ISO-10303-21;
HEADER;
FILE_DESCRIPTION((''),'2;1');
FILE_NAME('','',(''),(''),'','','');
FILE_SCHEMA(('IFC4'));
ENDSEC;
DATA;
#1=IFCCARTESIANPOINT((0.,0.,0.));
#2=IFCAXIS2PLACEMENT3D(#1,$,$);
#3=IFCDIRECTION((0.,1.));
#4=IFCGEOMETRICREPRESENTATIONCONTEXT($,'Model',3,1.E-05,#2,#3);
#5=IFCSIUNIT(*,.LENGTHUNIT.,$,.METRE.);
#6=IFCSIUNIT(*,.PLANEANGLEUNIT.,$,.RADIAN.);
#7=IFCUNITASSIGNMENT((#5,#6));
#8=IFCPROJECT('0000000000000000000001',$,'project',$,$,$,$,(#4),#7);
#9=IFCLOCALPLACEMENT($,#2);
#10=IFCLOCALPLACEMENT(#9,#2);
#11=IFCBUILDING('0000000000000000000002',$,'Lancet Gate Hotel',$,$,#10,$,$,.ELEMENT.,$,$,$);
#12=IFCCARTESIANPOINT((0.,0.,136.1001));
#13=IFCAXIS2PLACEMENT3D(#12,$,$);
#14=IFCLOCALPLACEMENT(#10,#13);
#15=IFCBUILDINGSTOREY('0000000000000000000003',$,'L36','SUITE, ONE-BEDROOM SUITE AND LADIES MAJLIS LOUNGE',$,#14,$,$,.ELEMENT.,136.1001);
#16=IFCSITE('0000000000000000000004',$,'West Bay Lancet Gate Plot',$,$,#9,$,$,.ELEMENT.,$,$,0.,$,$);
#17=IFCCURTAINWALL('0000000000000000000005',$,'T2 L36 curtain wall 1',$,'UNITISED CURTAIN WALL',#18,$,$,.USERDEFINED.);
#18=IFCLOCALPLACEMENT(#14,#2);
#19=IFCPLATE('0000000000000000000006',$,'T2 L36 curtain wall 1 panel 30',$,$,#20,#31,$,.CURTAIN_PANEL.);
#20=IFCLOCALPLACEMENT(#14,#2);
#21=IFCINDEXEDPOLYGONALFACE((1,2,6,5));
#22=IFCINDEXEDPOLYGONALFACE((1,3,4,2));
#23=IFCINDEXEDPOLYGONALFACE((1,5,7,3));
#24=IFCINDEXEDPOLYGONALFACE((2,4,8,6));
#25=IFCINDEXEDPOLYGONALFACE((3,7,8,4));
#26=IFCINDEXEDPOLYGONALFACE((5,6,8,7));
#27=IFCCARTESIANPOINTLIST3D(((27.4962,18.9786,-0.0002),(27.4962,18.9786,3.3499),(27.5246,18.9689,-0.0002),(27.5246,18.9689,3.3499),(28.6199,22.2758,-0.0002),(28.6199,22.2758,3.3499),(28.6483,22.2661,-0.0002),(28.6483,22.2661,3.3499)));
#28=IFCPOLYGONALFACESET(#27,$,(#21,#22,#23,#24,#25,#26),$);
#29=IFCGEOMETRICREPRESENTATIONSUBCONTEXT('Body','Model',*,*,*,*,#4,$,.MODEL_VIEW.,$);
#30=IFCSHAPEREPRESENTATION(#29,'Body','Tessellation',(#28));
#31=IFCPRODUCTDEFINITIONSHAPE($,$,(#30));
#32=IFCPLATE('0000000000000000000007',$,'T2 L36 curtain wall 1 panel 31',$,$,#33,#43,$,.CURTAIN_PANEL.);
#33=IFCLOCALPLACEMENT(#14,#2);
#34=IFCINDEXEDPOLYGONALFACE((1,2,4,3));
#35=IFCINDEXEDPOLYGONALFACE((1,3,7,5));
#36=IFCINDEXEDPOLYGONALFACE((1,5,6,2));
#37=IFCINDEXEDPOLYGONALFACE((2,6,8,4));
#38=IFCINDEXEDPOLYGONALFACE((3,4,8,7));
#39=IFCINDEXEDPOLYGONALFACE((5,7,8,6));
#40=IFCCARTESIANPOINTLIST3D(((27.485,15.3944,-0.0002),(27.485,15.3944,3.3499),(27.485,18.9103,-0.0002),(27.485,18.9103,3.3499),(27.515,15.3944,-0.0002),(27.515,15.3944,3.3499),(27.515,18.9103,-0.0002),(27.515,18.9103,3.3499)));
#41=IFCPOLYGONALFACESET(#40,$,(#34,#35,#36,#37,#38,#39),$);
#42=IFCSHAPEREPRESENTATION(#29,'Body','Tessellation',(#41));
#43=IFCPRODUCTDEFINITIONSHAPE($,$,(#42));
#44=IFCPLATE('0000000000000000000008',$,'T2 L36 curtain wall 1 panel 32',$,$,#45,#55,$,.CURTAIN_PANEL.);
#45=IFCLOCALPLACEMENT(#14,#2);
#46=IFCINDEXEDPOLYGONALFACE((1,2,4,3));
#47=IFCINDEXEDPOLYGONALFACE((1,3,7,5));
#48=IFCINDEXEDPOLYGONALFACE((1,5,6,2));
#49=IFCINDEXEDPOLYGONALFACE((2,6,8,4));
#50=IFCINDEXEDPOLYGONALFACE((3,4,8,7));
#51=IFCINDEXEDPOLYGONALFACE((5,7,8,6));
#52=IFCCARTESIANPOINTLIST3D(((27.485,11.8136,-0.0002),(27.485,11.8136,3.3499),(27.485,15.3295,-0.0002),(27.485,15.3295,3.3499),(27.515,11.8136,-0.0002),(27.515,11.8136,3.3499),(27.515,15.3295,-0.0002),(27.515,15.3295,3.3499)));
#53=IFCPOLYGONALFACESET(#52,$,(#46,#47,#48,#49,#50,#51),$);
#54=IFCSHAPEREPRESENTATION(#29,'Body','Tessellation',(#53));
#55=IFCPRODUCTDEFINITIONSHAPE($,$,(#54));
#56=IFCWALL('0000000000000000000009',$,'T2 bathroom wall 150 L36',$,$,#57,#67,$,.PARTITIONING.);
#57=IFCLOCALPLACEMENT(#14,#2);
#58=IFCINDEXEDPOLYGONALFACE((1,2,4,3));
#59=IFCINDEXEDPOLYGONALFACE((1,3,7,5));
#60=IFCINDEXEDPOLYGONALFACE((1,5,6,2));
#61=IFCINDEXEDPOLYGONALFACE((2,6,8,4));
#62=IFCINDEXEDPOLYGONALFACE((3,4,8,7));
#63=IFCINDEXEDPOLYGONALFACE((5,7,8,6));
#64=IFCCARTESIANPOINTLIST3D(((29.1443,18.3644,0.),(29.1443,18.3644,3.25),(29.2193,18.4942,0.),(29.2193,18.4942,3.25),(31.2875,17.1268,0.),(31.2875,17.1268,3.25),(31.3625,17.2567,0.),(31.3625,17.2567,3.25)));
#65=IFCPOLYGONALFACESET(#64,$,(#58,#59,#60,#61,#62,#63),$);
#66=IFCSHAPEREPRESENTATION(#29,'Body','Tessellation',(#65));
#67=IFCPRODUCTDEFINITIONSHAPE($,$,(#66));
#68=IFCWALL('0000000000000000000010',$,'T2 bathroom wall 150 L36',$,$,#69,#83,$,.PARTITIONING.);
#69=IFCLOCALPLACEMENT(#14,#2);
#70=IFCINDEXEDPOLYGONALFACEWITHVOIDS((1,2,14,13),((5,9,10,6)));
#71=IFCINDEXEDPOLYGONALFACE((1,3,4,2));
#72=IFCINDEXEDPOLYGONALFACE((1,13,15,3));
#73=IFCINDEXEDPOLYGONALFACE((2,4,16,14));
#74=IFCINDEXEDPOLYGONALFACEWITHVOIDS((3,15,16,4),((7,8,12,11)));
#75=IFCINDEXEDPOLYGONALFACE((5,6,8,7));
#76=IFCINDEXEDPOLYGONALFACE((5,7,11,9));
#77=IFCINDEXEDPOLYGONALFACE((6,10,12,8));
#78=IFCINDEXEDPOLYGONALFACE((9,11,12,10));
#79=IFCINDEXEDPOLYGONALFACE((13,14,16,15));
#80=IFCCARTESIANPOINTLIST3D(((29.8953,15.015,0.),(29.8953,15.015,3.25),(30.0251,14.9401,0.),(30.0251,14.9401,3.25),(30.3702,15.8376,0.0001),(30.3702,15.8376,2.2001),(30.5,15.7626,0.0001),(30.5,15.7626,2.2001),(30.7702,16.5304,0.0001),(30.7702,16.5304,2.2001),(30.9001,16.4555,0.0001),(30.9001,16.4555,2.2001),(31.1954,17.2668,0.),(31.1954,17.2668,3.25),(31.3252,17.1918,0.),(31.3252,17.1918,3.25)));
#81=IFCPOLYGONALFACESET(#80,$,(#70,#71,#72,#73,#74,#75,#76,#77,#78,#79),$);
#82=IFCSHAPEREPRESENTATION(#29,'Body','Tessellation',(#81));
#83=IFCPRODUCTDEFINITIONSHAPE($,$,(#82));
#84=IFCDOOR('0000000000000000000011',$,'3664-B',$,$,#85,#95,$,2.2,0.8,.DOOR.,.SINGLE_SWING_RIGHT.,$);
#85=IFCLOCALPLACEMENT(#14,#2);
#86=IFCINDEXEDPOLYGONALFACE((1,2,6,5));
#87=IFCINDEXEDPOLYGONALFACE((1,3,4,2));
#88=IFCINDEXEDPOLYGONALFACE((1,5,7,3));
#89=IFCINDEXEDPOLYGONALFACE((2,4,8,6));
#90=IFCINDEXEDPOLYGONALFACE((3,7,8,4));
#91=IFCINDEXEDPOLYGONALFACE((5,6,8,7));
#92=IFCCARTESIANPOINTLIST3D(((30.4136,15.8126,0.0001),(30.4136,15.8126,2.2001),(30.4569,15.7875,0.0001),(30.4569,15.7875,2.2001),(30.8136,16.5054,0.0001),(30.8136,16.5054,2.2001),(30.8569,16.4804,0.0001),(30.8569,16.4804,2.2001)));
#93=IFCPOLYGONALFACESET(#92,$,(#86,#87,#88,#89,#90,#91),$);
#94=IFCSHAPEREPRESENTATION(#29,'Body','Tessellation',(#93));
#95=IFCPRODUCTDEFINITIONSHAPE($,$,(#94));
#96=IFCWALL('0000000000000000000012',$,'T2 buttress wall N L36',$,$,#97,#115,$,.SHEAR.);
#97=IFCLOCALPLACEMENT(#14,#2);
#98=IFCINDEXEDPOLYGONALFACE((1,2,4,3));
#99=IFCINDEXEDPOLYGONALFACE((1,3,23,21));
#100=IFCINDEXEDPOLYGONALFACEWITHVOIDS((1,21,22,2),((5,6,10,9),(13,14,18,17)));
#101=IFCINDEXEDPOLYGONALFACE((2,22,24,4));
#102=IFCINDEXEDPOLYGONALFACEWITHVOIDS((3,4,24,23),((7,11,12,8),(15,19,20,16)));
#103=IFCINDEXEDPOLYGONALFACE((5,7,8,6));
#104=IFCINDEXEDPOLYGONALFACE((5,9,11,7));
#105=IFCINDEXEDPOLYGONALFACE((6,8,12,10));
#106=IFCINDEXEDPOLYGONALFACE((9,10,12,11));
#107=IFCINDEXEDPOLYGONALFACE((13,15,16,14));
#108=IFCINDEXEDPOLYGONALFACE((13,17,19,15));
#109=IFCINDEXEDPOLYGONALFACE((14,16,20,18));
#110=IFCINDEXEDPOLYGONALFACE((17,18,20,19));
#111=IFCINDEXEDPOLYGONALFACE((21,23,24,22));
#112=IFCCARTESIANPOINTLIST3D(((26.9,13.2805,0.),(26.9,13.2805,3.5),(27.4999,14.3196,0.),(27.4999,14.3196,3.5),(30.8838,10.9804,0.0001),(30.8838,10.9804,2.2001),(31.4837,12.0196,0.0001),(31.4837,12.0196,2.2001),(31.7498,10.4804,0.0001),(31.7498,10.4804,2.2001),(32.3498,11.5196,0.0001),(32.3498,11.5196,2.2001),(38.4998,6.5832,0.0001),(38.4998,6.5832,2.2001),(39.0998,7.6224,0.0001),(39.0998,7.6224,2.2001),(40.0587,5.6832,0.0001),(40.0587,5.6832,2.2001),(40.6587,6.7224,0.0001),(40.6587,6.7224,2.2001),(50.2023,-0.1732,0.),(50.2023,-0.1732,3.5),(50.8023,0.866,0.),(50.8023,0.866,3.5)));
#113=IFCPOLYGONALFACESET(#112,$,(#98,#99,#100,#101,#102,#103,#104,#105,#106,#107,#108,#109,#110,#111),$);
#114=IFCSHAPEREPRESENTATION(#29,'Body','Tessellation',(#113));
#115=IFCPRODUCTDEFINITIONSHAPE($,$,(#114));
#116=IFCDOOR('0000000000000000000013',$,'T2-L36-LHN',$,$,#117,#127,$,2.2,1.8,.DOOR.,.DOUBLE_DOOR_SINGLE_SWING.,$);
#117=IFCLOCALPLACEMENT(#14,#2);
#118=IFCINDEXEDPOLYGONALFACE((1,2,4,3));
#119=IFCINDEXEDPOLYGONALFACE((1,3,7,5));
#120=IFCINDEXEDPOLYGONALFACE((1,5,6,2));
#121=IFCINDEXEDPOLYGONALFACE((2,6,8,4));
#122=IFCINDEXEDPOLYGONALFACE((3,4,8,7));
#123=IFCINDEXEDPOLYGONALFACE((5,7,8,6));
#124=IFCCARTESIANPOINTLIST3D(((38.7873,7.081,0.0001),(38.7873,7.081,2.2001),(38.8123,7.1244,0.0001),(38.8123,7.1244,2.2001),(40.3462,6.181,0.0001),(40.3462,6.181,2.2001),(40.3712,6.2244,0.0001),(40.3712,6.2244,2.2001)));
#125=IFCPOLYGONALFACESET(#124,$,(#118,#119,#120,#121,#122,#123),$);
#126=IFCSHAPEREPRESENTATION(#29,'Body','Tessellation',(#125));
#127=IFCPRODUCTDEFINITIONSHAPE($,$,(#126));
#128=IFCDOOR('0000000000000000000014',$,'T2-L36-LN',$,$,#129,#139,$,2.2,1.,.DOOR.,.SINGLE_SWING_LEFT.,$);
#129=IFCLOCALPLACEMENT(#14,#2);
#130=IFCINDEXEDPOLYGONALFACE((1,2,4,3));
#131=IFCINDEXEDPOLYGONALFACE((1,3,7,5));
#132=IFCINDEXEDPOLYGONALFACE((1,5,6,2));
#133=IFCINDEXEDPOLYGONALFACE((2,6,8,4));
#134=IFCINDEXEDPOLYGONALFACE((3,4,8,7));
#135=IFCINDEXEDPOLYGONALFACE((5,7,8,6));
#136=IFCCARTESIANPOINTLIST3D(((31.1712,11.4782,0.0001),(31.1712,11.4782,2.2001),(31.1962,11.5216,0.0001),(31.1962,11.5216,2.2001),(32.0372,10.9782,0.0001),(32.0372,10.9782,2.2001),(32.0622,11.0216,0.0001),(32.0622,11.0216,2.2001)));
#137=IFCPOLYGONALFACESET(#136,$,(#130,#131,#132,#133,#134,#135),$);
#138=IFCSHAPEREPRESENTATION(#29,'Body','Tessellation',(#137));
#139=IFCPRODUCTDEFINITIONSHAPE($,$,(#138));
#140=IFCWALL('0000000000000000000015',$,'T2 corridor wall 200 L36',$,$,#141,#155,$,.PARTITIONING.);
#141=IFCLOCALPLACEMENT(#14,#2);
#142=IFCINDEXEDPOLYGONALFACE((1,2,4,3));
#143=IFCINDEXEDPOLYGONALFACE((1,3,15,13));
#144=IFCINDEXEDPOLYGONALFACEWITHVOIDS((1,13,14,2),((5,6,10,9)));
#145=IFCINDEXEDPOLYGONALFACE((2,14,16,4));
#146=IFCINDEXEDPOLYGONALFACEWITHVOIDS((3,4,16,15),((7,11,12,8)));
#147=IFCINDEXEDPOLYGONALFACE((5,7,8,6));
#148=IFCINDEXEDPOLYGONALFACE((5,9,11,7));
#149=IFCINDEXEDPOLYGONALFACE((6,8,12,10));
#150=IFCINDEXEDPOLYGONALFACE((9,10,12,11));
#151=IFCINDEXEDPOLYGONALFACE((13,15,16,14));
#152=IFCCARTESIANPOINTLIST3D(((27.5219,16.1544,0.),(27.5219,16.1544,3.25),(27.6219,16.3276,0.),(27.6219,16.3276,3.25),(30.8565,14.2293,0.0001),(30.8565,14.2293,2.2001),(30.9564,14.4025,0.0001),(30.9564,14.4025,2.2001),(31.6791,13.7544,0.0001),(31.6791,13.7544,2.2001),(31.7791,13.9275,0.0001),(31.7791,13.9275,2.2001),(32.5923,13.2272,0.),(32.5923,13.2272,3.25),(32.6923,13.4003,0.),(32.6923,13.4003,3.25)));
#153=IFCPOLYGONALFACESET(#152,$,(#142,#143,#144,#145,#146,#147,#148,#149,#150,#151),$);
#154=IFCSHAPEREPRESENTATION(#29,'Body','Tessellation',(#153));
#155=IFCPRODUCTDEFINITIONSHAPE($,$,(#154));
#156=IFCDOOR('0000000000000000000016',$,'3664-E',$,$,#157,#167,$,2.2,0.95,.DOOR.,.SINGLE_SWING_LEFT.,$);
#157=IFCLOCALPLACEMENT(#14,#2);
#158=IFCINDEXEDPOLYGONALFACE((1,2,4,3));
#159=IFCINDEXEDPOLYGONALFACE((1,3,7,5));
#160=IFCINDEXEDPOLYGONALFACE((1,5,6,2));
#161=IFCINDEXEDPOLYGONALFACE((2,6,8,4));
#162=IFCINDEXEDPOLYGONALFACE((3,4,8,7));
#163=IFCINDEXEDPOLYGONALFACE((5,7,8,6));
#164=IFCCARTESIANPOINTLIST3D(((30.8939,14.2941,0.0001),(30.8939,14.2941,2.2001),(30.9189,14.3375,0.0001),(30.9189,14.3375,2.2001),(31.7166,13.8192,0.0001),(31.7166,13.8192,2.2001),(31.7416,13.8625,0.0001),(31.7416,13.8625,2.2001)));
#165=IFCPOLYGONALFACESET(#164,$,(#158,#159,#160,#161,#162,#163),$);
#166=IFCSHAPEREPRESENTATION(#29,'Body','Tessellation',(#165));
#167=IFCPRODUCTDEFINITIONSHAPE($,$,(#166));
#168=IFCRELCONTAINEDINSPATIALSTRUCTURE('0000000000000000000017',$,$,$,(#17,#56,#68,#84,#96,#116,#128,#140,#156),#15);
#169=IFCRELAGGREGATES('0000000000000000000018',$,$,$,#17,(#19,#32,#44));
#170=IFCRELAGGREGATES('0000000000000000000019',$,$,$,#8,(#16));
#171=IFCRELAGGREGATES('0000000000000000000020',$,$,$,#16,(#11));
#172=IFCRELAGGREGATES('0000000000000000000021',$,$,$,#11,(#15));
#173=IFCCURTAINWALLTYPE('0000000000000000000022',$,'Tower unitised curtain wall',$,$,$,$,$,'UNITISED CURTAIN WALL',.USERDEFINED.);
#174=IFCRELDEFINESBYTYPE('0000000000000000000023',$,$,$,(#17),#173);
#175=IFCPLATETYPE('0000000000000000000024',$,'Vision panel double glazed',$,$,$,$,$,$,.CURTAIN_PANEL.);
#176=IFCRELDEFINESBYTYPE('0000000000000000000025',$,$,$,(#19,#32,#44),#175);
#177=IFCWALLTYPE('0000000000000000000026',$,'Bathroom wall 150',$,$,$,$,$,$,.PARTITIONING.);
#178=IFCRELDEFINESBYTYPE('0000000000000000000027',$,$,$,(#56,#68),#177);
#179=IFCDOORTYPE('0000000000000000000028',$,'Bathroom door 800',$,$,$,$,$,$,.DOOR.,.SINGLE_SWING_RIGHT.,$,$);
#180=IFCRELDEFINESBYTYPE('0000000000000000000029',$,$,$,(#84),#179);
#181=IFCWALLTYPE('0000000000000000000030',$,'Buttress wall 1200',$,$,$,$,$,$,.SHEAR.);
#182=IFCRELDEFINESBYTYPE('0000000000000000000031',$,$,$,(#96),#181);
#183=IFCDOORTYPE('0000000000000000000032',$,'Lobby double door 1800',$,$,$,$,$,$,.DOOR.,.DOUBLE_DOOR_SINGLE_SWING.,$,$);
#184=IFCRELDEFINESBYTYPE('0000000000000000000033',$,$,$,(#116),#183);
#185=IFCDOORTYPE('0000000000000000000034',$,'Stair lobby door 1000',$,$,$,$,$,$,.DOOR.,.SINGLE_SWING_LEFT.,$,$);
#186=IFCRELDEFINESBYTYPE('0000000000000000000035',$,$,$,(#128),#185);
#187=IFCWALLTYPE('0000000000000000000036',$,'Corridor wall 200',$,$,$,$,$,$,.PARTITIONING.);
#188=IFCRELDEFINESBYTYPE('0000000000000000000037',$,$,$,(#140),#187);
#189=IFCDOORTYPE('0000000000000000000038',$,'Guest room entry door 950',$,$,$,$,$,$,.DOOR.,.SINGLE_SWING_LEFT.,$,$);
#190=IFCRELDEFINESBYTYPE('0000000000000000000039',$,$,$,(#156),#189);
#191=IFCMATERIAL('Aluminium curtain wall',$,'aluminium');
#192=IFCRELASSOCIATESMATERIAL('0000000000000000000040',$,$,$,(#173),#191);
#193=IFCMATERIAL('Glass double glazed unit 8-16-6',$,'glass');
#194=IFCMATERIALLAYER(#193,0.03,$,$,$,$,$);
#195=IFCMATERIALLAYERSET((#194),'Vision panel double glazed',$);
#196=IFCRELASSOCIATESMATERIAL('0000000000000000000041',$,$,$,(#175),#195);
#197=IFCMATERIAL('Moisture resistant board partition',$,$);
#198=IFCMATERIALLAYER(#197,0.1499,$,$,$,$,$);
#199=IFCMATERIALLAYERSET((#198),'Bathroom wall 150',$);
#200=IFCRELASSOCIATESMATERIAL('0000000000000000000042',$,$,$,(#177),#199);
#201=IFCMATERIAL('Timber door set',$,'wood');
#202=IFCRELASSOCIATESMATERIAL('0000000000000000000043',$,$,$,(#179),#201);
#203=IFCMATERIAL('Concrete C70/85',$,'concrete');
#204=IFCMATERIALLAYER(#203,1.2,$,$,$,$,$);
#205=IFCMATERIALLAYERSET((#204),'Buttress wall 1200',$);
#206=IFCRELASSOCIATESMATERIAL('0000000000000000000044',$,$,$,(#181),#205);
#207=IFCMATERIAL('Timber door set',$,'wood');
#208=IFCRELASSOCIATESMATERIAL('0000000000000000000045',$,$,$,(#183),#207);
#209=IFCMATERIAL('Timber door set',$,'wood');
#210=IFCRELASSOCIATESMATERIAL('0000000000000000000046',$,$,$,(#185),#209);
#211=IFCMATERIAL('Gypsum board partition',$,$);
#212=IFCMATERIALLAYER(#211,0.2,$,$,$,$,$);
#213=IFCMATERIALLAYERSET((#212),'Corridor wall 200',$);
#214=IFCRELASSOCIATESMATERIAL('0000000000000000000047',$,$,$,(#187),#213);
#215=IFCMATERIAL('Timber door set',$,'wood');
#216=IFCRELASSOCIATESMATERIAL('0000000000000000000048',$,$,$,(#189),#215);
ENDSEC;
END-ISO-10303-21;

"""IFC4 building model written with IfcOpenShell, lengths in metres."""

from ifc_helpers import new_model, si_unit, direction, frame, frame_2d, origin, origin_2d, place, context, subcontext, project, spatial, rectangle, extrude, material, layer, layer_set, type_object, element, fill, aggregate, save


model = new_model("IFC4")

# Units and contexts
model_context = context("Model", 3, precision=1e-05, world=origin(), true_north=direction((0.0, 1.0)))
body_context = subcontext(model_context, "Body", "Model", "MODEL_VIEW")
ifc_project = project(units=[si_unit("LENGTHUNIT", "METRE"), si_unit("PLANEANGLEUNIT", "RADIAN")], contexts=[model_context])

# Site, building, storey
site_placement = place(None, origin())
site = spatial("IfcSite", under=ifc_project, at=site_placement, Name="West Bay Lancet Gate Plot", CompositionType="ELEMENT", RefElevation=0.0)
building_placement = place(site_placement, origin())
building = spatial("IfcBuilding", under=site, at=building_placement, Name="Lancet Gate Hotel", CompositionType="ELEMENT")
storey_placement = place(building_placement, frame((0.0, 0.0, 136.1001)))
storey = spatial("IfcBuildingStorey", under=building, at=storey_placement, Name="L36", Description="SUITE, ONE-BEDROOM SUITE AND LADIES MAJLIS LOUNGE", CompositionType="ELEMENT", Elevation=136.1001)

# Curtain wall
ifc_material_1 = material(Name="Aluminium curtain wall", Category="aluminium")
curtain_wall_type = type_object("IfcCurtainWallType", Name="Tower unitised curtain wall", ElementType="UNITISED CURTAIN WALL", PredefinedType="USERDEFINED", material=ifc_material_1)
curtain_wall_placement = place(storey_placement, origin())
curtain_wall = element("IfcCurtainWall", 1, at=curtain_wall_placement, inside=storey, type_object=curtain_wall_type, Name="T2 L36 curtain wall 1", ObjectType="UNITISED CURTAIN WALL", PredefinedType="USERDEFINED")

# Plates
ifc_material_2 = material(Name="Glass double glazed unit 8-16-6", Category="glass")
ifc_layer_1 = layer(ifc_material_2, 0.03)
ifc_layer_set_1 = layer_set([ifc_layer_1], Name="Vision panel double glazed")
plate_type = type_object("IfcPlateType", Name="Vision panel double glazed", PredefinedType="CURTAIN_PANEL", material=ifc_layer_set_1)
plate_1_placement = place(storey_placement, frame((28.0723, 20.6223, -0.0002), z_axis=(0.0, 0.0, 1.0), x_axis=(-0.322576, -0.946544, 0.0)))
plate_1 = element("IfcPlate", 2, at=plate_1_placement, type_object=plate_type, Name="T2 L36 curtain wall 1 panel 30", PredefinedType="CURTAIN_PANEL", context=body_context, shape_type="SweptSolid", body=[
    extrude(rectangle(XDim=3.4834, YDim=0.03, at=origin_2d()), origin(), (0.0, 0.0, 1.0), 3.3501),
])
plate_2_placement = place(storey_placement, frame((27.5, 17.1523, -0.0002), z_axis=(0.0, 0.0, 1.0), x_axis=(0.0, -1.0, 0.0)))
plate_2 = element("IfcPlate", 3, at=plate_2_placement, type_object=plate_type, Name="T2 L36 curtain wall 1 panel 31", PredefinedType="CURTAIN_PANEL", context=body_context, shape_type="SweptSolid", body=[
    extrude(rectangle(XDim=3.5159, YDim=0.03, at=origin_2d()), origin(), (0.0, 0.0, 1.0), 3.3501),
])
plate_3_placement = place(storey_placement, frame((27.5, 13.5715, -0.0002), z_axis=(0.0, 0.0, 1.0), x_axis=(0.0, -1.0, 0.0)))
plate_3 = element("IfcPlate", 4, at=plate_3_placement, type_object=plate_type, Name="T2 L36 curtain wall 1 panel 32", PredefinedType="CURTAIN_PANEL", context=body_context, shape_type="SweptSolid", body=[
    extrude(rectangle(XDim=3.5159, YDim=0.03, at=origin_2d()), origin(), (0.0, 0.0, 1.0), 3.3501),
])
aggregate(curtain_wall, [plate_1, plate_2, plate_3])

# Wall
ifc_material_3 = material(Name="Moisture resistant board partition")
ifc_layer_2 = layer(ifc_material_3, 0.1499)
ifc_layer_set_2 = layer_set([ifc_layer_2], Name="Bathroom wall 150")
wall_type_1 = type_object("IfcWallType", Name="Bathroom wall 150", PredefinedType="PARTITIONING", material=ifc_layer_set_2)
wall_1_placement = place(storey_placement, frame((29.1819, 18.4292, 0.0), z_axis=(0.0, 0.0, 1.0), x_axis=(0.866007, -0.500033, 0.0)))
element("IfcWall", 5, at=wall_1_placement, inside=storey, type_object=wall_type_1, Name="T2 bathroom wall 150 L36", PredefinedType="PARTITIONING", context=body_context, shape_type="SweptSolid", body=[
    extrude(rectangle(XDim=2.4749, YDim=0.1499, at=frame_2d((1.2373, 0.0))), origin(), (0.0, 0.0, 1.0), 3.25),
])

# Wall, opening, door
wall_2_placement = place(storey_placement, frame((29.9602, 14.9775, 0.0), z_axis=(0.0, 0.0, 1.0), x_axis=(0.500007, 0.866021, 0.0)))
wall_2 = element("IfcWall", 6, at=wall_2_placement, inside=storey, type_object=wall_type_1, Name="T2 bathroom wall 150 L36", PredefinedType="PARTITIONING", context=body_context, shape_type="SweptSolid", body=[
    extrude(rectangle(XDim=2.6001, YDim=0.1499, at=frame_2d((1.3, 0.0))), origin(), (0.0, 0.0, 1.0), 3.25),
])
opening_1_placement = place(wall_2_placement, frame((0.95, 0.0, 0.0)))
opening_1 = element("IfcOpeningElement", 7, at=opening_1_placement, cuts=wall_2, PredefinedType="OPENING", context=body_context, shape_type="SweptSolid", body=[
    extrude(rectangle(XDim=0.8, YDim=2.2, at=frame_2d((0.3999, 1.1001))), frame((0.0, 0.085, 0.0), z_axis=(0.0, -1.0, 0.0), x_axis=(1.0, 0.0, 0.0)), (0.0, 0.0, 1.0), 0.1699),
])
ifc_material_4 = material(Name="Timber door set", Category="wood")
door_type_1 = type_object("IfcDoorType", Name="Bathroom door 800", OperationType="SINGLE_SWING_RIGHT", PredefinedType="DOOR", material=ifc_material_4)
door_1_placement = place(opening_1_placement, origin())
door_1 = element("IfcDoor", 8, at=door_1_placement, inside=storey, type_object=door_type_1, Name="3664-B", OperationType="SINGLE_SWING_RIGHT", OverallHeight=2.2, OverallWidth=0.8, PredefinedType="DOOR", context=body_context, shape_type="SweptSolid", body=[
    extrude(rectangle(XDim=0.8, YDim=2.2, at=frame_2d((0.3999, 1.1001))), frame((0.0, 0.0249, 0.0), z_axis=(0.0, -1.0, 0.0), x_axis=(1.0, 0.0, 0.0)), (0.0, 0.0, 1.0), 0.05),
])
fill(opening_1, door_1)

# Wall, openings, doors
ifc_material_5 = material(Name="Concrete C70/85", Category="concrete")
ifc_layer_3 = layer(ifc_material_5, 1.2)
ifc_layer_set_3 = layer_set([ifc_layer_3], Name="Buttress wall 1200")
wall_type_2 = type_object("IfcWallType", Name="Buttress wall 1200", PredefinedType="SHEAR", material=ifc_layer_set_3)
wall_3_placement = place(storey_placement, frame((27.2, 13.8, 0.0), z_axis=(0.0, 0.0, 1.0), x_axis=(0.866025, -0.500002, 0.0)))
wall_3 = element("IfcWall", 9, at=wall_3_placement, inside=storey, type_object=wall_type_2, Name="T2 buttress wall N L36", PredefinedType="SHEAR", context=body_context, shape_type="SweptSolid", body=[
    extrude(rectangle(XDim=26.9072, YDim=1.2, at=frame_2d((13.4536, 0.0))), origin(), (0.0, 0.0, 1.0), 3.5),
])
opening_2_placement = place(wall_3_placement, frame((4.6001, 0.0, 0.0)))
opening_2 = element("IfcOpeningElement", 10, at=opening_2_placement, cuts=wall_3, PredefinedType="OPENING", context=body_context, shape_type="SweptSolid", body=[
    extrude(rectangle(XDim=1.0, YDim=2.2, at=frame_2d((0.5, 1.1001))), frame((0.0, 0.6099, 0.0), z_axis=(0.0, -1.0, 0.0), x_axis=(1.0, 0.0, 0.0)), (0.0, 0.0, 1.0), 1.22),
])
opening_3_placement = place(wall_3_placement, frame((13.3945, 0.0, 0.0)))
opening_3 = element("IfcOpeningElement", 11, at=opening_3_placement, cuts=wall_3, PredefinedType="OPENING", context=body_context, shape_type="SweptSolid", body=[
    extrude(rectangle(XDim=1.8, YDim=2.2, at=frame_2d((0.8999, 1.1001))), frame((0.0, 0.6099, 0.0), z_axis=(0.0, -1.0, 0.0), x_axis=(1.0, 0.0, 0.0)), (0.0, 0.0, 1.0), 1.22),
])
ifc_material_6 = material(Name="Timber door set", Category="wood")
door_type_2 = type_object("IfcDoorType", Name="Lobby double door 1800", OperationType="DOUBLE_DOOR_SINGLE_SWING", PredefinedType="DOOR", material=ifc_material_6)
door_2_placement = place(opening_3_placement, origin())
door_2 = element("IfcDoor", 12, at=door_2_placement, inside=storey, type_object=door_type_2, Name="T2-L36-LHN", OperationType="DOUBLE_DOOR_SINGLE_SWING", OverallHeight=2.2, OverallWidth=1.8, PredefinedType="DOOR", context=body_context, shape_type="SweptSolid", body=[
    extrude(rectangle(XDim=1.8, YDim=2.2, at=frame_2d((0.8999, 1.1001))), frame((0.0, 0.0249, 0.0), z_axis=(0.0, -1.0, 0.0), x_axis=(1.0, 0.0, 0.0)), (0.0, 0.0, 1.0), 0.05),
])
fill(opening_3, door_2)
ifc_material_7 = material(Name="Timber door set", Category="wood")
door_type_3 = type_object("IfcDoorType", Name="Stair lobby door 1000", OperationType="SINGLE_SWING_LEFT", PredefinedType="DOOR", material=ifc_material_7)
door_3_placement = place(opening_2_placement, origin())
door_3 = element("IfcDoor", 13, at=door_3_placement, inside=storey, type_object=door_type_3, Name="T2-L36-LN", OperationType="SINGLE_SWING_LEFT", OverallHeight=2.2, OverallWidth=1.0, PredefinedType="DOOR", context=body_context, shape_type="SweptSolid", body=[
    extrude(rectangle(XDim=1.0, YDim=2.2, at=frame_2d((0.5, 1.1001))), frame((0.0, 0.0249, 0.0), z_axis=(0.0, -1.0, 0.0), x_axis=(1.0, 0.0, 0.0)), (0.0, 0.0, 1.0), 0.05),
])
fill(opening_2, door_3)

# Wall, opening, door
ifc_material_8 = material(Name="Gypsum board partition")
ifc_layer_4 = layer(ifc_material_8, 0.2)
ifc_layer_set_4 = layer_set([ifc_layer_4], Name="Corridor wall 200")
wall_type_3 = type_object("IfcWallType", Name="Corridor wall 200", PredefinedType="PARTITIONING", material=ifc_layer_set_4)
wall_4_placement = place(storey_placement, frame((27.572, 16.241, 0.0), z_axis=(0.0, 0.0, 1.0), x_axis=(0.866033, -0.499987, 0.0)))
wall_4 = element("IfcWall", 14, at=wall_4_placement, inside=storey, type_object=wall_type_3, Name="T2 corridor wall 200 L36", PredefinedType="PARTITIONING", context=body_context, shape_type="SweptSolid", body=[
    extrude(rectangle(XDim=5.8547, YDim=0.2, at=frame_2d((2.9272, 0.0))), origin(), (0.0, 0.0, 1.0), 3.25),
])
opening_4_placement = place(wall_4_placement, frame((3.8501, 0.0, 0.0)))
opening_4 = element("IfcOpeningElement", 15, at=opening_4_placement, cuts=wall_4, PredefinedType="OPENING", context=body_context, shape_type="SweptSolid", body=[
    extrude(rectangle(XDim=0.95, YDim=2.2, at=frame_2d((0.4751, 1.1001))), frame((0.0, 0.1099, 0.0), z_axis=(0.0, -1.0, 0.0), x_axis=(1.0, 0.0, 0.0)), (0.0, 0.0, 1.0), 0.22),
])
ifc_material_9 = material(Name="Timber door set", Category="wood")
door_type_4 = type_object("IfcDoorType", Name="Guest room entry door 950", OperationType="SINGLE_SWING_LEFT", PredefinedType="DOOR", material=ifc_material_9)
door_4_placement = place(opening_4_placement, origin())
door_4 = element("IfcDoor", 16, at=door_4_placement, inside=storey, type_object=door_type_4, Name="3664-E", OperationType="SINGLE_SWING_LEFT", OverallHeight=2.2, OverallWidth=0.95, PredefinedType="DOOR", context=body_context, shape_type="SweptSolid", body=[
    extrude(rectangle(XDim=0.95, YDim=2.2, at=frame_2d((0.4751, 1.1001))), frame((0.0, 0.0249, 0.0), z_axis=(0.0, -1.0, 0.0), x_axis=(1.0, 0.0, 0.0)), (0.0, 0.0, 1.0), 0.05),
])
fill(opening_4, door_4)

save(model, "model.ifc")
